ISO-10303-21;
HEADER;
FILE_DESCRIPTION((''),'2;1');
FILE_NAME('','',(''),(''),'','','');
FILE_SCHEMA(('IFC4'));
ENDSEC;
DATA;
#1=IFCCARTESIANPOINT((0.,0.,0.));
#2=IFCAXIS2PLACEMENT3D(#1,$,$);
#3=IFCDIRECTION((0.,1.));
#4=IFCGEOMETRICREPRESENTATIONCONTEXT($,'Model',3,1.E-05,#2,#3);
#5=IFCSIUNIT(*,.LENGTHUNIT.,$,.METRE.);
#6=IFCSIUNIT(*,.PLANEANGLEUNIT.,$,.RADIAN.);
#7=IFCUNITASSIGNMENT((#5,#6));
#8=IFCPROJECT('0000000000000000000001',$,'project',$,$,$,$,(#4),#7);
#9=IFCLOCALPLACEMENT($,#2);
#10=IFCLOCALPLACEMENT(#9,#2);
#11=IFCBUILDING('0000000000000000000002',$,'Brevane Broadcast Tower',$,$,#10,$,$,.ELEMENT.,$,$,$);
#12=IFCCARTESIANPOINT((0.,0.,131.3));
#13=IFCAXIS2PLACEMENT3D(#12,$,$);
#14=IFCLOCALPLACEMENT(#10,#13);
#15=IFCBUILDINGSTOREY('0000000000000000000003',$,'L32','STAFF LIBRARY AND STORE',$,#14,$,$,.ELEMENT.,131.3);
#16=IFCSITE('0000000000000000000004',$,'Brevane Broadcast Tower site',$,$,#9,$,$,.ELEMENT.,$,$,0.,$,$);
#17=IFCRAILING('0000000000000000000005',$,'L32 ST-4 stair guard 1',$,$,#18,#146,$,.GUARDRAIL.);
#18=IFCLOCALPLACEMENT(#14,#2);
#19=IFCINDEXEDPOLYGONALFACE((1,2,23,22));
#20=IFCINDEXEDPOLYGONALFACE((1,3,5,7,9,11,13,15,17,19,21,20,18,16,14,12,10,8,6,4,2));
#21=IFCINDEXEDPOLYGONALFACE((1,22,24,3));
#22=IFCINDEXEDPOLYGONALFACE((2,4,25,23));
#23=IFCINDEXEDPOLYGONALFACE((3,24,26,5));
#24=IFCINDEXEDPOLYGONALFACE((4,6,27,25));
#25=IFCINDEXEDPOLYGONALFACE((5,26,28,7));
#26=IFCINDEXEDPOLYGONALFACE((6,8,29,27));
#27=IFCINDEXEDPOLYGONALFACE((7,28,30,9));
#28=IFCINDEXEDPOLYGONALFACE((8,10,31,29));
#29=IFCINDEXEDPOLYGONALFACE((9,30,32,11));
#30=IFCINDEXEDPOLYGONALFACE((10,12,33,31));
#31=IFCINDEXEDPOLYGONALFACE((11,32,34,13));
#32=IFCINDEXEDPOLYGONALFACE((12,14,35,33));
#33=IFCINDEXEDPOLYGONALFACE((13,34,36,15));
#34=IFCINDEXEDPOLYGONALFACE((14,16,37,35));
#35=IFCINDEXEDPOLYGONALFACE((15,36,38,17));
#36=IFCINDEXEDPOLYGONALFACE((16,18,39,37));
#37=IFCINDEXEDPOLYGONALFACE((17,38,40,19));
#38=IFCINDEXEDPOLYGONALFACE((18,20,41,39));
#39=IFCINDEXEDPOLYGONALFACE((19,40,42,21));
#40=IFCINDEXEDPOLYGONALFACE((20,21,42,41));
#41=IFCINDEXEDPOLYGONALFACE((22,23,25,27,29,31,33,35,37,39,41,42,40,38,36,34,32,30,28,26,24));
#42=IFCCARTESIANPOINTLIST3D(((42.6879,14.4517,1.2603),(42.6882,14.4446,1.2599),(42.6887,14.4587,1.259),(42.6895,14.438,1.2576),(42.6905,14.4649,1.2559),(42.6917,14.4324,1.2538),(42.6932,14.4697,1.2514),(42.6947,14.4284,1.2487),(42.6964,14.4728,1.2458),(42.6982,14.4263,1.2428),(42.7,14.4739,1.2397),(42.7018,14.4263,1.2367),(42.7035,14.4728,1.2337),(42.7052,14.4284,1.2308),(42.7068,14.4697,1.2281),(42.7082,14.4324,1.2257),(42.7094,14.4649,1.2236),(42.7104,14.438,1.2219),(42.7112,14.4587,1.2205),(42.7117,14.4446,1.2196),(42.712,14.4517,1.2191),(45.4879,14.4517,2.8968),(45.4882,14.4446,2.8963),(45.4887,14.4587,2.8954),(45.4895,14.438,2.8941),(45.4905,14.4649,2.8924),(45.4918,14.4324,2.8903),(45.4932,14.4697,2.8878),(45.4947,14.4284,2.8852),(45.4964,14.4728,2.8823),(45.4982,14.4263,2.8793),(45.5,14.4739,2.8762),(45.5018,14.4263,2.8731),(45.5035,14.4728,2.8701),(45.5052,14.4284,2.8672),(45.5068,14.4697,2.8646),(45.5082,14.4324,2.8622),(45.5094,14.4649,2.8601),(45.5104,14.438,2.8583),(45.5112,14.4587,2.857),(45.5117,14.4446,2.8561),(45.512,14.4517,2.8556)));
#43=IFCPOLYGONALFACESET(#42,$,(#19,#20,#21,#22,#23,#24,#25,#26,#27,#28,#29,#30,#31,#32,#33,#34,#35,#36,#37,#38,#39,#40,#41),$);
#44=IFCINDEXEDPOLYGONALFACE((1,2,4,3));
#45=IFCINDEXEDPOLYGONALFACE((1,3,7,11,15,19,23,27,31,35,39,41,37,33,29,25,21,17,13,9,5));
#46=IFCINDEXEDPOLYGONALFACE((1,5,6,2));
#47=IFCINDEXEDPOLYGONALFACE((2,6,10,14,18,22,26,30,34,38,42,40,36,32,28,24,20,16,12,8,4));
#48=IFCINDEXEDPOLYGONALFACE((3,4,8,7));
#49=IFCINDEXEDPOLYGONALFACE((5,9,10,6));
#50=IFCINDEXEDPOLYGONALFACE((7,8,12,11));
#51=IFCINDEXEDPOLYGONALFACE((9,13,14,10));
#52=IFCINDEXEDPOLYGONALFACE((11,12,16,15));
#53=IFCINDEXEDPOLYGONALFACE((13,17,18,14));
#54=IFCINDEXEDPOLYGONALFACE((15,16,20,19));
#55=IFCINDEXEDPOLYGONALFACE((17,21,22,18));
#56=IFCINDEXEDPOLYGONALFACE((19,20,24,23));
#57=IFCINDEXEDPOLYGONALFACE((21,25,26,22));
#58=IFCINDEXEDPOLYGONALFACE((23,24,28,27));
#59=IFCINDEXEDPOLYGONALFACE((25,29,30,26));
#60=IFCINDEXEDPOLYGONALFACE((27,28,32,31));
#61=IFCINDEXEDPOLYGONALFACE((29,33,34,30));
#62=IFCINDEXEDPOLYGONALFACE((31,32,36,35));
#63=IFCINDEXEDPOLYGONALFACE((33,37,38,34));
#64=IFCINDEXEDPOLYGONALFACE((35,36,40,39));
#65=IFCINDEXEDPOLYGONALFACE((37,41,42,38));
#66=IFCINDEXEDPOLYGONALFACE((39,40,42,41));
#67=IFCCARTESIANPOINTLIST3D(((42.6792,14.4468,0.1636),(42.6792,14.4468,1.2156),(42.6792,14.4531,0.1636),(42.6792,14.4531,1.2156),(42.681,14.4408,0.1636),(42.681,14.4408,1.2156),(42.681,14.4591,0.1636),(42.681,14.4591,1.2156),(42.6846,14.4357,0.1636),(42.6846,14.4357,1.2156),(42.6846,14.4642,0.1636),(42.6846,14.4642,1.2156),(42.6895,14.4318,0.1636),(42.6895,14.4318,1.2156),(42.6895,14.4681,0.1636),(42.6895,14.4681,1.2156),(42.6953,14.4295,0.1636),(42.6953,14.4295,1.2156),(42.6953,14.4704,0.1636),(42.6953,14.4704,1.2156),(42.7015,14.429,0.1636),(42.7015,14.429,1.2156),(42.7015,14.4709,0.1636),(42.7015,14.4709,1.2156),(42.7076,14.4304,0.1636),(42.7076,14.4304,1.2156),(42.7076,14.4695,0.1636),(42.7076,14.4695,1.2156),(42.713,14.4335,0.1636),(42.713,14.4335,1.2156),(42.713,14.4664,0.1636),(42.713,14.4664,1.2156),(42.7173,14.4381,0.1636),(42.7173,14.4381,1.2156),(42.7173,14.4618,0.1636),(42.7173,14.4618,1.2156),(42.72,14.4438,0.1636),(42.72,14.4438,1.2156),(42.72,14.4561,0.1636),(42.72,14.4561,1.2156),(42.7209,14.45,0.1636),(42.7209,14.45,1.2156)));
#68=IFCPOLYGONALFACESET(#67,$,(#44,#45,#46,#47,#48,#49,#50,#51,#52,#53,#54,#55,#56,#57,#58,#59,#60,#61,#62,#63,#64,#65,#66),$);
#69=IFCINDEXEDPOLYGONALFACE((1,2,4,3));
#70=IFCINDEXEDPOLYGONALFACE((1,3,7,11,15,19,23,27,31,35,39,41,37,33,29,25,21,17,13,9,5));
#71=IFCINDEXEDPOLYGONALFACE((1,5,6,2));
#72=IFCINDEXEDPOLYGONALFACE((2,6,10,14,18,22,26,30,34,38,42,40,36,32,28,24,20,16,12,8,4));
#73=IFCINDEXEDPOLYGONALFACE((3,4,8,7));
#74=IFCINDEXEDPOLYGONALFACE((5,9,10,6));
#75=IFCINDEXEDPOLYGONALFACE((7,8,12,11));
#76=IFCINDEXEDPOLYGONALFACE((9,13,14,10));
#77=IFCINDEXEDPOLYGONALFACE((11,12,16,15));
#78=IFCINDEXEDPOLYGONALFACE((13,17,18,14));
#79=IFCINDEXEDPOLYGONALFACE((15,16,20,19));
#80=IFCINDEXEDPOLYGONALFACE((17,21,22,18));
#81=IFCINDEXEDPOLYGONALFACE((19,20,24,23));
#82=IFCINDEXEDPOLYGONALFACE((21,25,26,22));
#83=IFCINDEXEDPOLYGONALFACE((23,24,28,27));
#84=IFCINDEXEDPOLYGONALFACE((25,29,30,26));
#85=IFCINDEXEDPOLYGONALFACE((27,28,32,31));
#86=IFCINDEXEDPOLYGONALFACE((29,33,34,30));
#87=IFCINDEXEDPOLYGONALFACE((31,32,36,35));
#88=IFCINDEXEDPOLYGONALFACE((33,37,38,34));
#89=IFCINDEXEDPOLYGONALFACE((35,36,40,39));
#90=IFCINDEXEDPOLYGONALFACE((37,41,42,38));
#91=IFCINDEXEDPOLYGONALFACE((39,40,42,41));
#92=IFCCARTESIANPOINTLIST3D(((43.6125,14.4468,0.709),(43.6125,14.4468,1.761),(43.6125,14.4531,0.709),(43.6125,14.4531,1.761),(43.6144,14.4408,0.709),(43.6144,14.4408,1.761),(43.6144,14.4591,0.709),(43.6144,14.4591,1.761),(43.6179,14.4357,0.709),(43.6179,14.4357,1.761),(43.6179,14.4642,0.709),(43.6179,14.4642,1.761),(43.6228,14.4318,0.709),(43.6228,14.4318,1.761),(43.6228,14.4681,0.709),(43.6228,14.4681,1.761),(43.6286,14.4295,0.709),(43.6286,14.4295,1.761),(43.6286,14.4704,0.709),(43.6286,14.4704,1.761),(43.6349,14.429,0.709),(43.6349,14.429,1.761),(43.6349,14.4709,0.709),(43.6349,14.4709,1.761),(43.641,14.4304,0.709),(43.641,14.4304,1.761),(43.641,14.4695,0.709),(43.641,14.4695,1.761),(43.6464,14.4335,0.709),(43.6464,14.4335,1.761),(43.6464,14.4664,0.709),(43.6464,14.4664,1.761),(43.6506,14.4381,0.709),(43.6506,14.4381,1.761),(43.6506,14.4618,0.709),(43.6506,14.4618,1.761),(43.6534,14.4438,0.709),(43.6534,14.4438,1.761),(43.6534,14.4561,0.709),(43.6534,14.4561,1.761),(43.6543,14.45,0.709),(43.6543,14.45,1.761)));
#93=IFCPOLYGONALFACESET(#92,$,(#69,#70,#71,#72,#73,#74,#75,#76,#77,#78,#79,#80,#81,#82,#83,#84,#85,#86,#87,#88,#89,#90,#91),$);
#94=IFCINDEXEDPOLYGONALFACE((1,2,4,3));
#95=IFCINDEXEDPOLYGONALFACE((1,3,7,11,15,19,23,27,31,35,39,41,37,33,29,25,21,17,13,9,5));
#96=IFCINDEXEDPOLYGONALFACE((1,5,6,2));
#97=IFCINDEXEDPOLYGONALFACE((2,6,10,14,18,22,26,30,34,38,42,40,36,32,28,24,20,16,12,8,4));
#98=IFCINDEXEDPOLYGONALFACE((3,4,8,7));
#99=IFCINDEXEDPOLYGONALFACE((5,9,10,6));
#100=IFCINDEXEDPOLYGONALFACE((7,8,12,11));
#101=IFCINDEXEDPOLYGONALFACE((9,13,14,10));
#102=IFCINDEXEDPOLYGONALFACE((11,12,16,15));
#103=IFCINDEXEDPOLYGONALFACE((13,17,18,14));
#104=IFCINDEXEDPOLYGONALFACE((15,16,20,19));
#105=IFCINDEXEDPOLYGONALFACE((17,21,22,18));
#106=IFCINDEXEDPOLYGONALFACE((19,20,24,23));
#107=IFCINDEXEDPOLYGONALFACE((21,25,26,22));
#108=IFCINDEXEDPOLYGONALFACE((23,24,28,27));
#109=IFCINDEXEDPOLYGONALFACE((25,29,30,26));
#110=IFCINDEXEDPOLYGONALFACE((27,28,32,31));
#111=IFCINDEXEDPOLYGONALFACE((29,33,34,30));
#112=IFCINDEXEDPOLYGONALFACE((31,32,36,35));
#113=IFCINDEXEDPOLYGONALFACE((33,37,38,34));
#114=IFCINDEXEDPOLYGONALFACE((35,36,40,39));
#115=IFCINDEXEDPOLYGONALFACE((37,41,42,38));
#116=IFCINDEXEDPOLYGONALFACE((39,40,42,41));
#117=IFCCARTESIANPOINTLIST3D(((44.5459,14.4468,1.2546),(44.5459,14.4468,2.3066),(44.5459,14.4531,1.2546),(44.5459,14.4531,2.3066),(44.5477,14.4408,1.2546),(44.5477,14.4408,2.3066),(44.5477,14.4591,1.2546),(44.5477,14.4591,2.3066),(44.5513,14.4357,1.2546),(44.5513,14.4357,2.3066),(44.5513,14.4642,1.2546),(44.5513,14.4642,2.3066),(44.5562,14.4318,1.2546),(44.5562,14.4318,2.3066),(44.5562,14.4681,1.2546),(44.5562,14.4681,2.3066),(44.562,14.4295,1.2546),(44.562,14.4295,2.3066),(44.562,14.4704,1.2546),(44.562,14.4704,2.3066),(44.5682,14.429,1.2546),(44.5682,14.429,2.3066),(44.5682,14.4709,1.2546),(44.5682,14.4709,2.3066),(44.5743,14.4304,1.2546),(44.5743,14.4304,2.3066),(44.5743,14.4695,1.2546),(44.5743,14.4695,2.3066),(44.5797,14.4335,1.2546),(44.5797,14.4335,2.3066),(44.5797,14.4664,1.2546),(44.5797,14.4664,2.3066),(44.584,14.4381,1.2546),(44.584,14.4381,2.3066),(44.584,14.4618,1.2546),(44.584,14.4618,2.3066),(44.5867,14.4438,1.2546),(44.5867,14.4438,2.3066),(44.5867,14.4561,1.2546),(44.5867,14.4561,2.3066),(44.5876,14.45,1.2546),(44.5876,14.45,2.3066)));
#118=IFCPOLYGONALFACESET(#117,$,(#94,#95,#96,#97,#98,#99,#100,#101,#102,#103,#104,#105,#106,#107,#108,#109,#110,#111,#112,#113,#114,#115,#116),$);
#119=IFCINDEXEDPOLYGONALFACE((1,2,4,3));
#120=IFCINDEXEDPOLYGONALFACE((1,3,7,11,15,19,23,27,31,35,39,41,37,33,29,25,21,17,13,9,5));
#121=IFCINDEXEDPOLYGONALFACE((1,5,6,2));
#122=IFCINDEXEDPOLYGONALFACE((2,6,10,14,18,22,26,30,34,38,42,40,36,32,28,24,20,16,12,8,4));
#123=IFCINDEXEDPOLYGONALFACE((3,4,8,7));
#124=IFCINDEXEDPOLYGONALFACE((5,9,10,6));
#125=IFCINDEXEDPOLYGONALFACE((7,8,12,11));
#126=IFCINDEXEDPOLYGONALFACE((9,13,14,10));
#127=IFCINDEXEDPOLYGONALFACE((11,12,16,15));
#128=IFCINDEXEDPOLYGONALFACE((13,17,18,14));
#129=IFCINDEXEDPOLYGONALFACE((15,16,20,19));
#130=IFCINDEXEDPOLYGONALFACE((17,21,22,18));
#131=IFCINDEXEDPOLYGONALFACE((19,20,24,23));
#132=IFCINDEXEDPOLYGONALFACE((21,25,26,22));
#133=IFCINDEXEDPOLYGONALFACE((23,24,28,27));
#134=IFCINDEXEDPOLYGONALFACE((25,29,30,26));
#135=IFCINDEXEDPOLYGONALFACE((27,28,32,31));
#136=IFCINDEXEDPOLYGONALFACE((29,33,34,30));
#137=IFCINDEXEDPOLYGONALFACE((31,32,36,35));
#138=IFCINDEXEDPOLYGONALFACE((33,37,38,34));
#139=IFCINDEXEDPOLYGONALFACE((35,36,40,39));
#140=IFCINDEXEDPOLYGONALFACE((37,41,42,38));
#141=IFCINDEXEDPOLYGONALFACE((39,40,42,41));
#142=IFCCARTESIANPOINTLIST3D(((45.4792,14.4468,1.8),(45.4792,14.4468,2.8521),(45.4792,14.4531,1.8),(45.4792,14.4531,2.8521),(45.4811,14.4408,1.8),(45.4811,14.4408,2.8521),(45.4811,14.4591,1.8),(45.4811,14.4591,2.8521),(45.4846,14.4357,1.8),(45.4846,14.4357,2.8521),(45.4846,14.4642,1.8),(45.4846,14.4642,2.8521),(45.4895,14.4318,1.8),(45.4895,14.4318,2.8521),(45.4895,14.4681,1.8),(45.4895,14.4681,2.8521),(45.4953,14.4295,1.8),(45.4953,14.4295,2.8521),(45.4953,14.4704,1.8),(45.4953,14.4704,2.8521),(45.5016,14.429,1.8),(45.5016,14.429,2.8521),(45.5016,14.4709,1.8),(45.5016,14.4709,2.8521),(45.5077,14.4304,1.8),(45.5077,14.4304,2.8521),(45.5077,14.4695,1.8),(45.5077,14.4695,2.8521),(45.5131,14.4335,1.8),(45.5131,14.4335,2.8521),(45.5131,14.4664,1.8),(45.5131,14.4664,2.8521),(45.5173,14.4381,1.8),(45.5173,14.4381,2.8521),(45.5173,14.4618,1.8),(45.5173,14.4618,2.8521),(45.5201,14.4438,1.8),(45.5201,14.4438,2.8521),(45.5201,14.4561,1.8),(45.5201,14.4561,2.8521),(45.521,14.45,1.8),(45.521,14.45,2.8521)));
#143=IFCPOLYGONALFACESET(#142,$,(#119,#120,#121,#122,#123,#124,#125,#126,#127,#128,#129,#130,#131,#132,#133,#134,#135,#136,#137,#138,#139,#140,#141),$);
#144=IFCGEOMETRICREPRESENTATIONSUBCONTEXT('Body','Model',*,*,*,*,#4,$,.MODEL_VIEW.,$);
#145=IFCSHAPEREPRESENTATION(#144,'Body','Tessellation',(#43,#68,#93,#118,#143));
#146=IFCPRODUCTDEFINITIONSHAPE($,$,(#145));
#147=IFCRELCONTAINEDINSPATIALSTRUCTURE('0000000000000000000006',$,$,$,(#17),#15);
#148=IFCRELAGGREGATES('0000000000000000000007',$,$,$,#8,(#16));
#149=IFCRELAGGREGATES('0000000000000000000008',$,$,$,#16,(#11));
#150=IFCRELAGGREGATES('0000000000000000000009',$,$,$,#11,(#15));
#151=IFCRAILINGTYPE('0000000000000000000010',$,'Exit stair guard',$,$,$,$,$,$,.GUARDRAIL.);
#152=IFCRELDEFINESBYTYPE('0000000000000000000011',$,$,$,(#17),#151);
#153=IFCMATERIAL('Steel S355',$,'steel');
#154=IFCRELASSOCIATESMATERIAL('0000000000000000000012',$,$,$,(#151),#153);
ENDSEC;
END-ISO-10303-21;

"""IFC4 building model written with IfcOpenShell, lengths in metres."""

from ifc_helpers import new_model, si_unit, direction, frame, origin, origin_2d, place, context, subcontext, project, spatial, circle, extrude, material, type_object, element, save


model = new_model("IFC4")

# Units and contexts
model_context = context("Model", 3, precision=1e-05, world=origin(), true_north=direction((0.0, 1.0)))
body_context = subcontext(model_context, "Body", "Model", "MODEL_VIEW")
ifc_project = project(units=[si_unit("LENGTHUNIT", "METRE"), si_unit("PLANEANGLEUNIT", "RADIAN")], contexts=[model_context])

# Site, building, storey
site_placement = place(None, origin())
site = spatial("IfcSite", under=ifc_project, at=site_placement, Name="Brevane Broadcast Tower site", CompositionType="ELEMENT", RefElevation=0.0)
building_placement = place(site_placement, origin())
building = spatial("IfcBuilding", under=site, at=building_placement, Name="Brevane Broadcast Tower", CompositionType="ELEMENT")
storey_placement = place(building_placement, frame((0.0, 0.0, 131.3)))
storey = spatial("IfcBuildingStorey", under=building, at=storey_placement, Name="L32", Description="STAFF LIBRARY AND STORE", CompositionType="ELEMENT", Elevation=131.3)

# Railing
ifc_material_1 = material(Name="Steel S355", Category="steel")
railing_type_1 = type_object("IfcRailingType", Name="Exit stair guard", PredefinedType="GUARDRAIL", material=ifc_material_1)
railing_1_placement = place(storey_placement, frame((42.7, 14.45, 0.1636)))
element("IfcRailing", 1, at=railing_1_placement, inside=storey, type_object=railing_type_1, Name="L32 ST-4 stair guard 1", PredefinedType="GUARDRAIL", context=body_context, shape_type="SweptSolid", body=[
    extrude(circle(Radius=0.0239, at=origin_2d()), frame((0.0, 0.0, 1.0762), z_axis=(0.863361, 0.0, 0.504587), x_axis=(0.0, 1.0, 0.0)), (0.0, 0.0, 1.0), 3.2432),
    extrude(circle(Radius=0.021, at=origin_2d()), origin(), (0.0, 0.0, 1.0), 1.052),
    extrude(circle(Radius=0.021, at=origin_2d()), frame((0.9333, 0.0, 0.5454)), (0.0, 0.0, 1.0), 1.052),
    extrude(circle(Radius=0.021, at=origin_2d()), frame((1.8667, 0.0, 1.0911)), (0.0, 0.0, 1.0), 1.052),
    extrude(circle(Radius=0.021, at=origin_2d()), frame((2.8, 0.0, 1.6365)), (0.0, 0.0, 1.0), 1.052),
])

save(model, "model.ifc")
